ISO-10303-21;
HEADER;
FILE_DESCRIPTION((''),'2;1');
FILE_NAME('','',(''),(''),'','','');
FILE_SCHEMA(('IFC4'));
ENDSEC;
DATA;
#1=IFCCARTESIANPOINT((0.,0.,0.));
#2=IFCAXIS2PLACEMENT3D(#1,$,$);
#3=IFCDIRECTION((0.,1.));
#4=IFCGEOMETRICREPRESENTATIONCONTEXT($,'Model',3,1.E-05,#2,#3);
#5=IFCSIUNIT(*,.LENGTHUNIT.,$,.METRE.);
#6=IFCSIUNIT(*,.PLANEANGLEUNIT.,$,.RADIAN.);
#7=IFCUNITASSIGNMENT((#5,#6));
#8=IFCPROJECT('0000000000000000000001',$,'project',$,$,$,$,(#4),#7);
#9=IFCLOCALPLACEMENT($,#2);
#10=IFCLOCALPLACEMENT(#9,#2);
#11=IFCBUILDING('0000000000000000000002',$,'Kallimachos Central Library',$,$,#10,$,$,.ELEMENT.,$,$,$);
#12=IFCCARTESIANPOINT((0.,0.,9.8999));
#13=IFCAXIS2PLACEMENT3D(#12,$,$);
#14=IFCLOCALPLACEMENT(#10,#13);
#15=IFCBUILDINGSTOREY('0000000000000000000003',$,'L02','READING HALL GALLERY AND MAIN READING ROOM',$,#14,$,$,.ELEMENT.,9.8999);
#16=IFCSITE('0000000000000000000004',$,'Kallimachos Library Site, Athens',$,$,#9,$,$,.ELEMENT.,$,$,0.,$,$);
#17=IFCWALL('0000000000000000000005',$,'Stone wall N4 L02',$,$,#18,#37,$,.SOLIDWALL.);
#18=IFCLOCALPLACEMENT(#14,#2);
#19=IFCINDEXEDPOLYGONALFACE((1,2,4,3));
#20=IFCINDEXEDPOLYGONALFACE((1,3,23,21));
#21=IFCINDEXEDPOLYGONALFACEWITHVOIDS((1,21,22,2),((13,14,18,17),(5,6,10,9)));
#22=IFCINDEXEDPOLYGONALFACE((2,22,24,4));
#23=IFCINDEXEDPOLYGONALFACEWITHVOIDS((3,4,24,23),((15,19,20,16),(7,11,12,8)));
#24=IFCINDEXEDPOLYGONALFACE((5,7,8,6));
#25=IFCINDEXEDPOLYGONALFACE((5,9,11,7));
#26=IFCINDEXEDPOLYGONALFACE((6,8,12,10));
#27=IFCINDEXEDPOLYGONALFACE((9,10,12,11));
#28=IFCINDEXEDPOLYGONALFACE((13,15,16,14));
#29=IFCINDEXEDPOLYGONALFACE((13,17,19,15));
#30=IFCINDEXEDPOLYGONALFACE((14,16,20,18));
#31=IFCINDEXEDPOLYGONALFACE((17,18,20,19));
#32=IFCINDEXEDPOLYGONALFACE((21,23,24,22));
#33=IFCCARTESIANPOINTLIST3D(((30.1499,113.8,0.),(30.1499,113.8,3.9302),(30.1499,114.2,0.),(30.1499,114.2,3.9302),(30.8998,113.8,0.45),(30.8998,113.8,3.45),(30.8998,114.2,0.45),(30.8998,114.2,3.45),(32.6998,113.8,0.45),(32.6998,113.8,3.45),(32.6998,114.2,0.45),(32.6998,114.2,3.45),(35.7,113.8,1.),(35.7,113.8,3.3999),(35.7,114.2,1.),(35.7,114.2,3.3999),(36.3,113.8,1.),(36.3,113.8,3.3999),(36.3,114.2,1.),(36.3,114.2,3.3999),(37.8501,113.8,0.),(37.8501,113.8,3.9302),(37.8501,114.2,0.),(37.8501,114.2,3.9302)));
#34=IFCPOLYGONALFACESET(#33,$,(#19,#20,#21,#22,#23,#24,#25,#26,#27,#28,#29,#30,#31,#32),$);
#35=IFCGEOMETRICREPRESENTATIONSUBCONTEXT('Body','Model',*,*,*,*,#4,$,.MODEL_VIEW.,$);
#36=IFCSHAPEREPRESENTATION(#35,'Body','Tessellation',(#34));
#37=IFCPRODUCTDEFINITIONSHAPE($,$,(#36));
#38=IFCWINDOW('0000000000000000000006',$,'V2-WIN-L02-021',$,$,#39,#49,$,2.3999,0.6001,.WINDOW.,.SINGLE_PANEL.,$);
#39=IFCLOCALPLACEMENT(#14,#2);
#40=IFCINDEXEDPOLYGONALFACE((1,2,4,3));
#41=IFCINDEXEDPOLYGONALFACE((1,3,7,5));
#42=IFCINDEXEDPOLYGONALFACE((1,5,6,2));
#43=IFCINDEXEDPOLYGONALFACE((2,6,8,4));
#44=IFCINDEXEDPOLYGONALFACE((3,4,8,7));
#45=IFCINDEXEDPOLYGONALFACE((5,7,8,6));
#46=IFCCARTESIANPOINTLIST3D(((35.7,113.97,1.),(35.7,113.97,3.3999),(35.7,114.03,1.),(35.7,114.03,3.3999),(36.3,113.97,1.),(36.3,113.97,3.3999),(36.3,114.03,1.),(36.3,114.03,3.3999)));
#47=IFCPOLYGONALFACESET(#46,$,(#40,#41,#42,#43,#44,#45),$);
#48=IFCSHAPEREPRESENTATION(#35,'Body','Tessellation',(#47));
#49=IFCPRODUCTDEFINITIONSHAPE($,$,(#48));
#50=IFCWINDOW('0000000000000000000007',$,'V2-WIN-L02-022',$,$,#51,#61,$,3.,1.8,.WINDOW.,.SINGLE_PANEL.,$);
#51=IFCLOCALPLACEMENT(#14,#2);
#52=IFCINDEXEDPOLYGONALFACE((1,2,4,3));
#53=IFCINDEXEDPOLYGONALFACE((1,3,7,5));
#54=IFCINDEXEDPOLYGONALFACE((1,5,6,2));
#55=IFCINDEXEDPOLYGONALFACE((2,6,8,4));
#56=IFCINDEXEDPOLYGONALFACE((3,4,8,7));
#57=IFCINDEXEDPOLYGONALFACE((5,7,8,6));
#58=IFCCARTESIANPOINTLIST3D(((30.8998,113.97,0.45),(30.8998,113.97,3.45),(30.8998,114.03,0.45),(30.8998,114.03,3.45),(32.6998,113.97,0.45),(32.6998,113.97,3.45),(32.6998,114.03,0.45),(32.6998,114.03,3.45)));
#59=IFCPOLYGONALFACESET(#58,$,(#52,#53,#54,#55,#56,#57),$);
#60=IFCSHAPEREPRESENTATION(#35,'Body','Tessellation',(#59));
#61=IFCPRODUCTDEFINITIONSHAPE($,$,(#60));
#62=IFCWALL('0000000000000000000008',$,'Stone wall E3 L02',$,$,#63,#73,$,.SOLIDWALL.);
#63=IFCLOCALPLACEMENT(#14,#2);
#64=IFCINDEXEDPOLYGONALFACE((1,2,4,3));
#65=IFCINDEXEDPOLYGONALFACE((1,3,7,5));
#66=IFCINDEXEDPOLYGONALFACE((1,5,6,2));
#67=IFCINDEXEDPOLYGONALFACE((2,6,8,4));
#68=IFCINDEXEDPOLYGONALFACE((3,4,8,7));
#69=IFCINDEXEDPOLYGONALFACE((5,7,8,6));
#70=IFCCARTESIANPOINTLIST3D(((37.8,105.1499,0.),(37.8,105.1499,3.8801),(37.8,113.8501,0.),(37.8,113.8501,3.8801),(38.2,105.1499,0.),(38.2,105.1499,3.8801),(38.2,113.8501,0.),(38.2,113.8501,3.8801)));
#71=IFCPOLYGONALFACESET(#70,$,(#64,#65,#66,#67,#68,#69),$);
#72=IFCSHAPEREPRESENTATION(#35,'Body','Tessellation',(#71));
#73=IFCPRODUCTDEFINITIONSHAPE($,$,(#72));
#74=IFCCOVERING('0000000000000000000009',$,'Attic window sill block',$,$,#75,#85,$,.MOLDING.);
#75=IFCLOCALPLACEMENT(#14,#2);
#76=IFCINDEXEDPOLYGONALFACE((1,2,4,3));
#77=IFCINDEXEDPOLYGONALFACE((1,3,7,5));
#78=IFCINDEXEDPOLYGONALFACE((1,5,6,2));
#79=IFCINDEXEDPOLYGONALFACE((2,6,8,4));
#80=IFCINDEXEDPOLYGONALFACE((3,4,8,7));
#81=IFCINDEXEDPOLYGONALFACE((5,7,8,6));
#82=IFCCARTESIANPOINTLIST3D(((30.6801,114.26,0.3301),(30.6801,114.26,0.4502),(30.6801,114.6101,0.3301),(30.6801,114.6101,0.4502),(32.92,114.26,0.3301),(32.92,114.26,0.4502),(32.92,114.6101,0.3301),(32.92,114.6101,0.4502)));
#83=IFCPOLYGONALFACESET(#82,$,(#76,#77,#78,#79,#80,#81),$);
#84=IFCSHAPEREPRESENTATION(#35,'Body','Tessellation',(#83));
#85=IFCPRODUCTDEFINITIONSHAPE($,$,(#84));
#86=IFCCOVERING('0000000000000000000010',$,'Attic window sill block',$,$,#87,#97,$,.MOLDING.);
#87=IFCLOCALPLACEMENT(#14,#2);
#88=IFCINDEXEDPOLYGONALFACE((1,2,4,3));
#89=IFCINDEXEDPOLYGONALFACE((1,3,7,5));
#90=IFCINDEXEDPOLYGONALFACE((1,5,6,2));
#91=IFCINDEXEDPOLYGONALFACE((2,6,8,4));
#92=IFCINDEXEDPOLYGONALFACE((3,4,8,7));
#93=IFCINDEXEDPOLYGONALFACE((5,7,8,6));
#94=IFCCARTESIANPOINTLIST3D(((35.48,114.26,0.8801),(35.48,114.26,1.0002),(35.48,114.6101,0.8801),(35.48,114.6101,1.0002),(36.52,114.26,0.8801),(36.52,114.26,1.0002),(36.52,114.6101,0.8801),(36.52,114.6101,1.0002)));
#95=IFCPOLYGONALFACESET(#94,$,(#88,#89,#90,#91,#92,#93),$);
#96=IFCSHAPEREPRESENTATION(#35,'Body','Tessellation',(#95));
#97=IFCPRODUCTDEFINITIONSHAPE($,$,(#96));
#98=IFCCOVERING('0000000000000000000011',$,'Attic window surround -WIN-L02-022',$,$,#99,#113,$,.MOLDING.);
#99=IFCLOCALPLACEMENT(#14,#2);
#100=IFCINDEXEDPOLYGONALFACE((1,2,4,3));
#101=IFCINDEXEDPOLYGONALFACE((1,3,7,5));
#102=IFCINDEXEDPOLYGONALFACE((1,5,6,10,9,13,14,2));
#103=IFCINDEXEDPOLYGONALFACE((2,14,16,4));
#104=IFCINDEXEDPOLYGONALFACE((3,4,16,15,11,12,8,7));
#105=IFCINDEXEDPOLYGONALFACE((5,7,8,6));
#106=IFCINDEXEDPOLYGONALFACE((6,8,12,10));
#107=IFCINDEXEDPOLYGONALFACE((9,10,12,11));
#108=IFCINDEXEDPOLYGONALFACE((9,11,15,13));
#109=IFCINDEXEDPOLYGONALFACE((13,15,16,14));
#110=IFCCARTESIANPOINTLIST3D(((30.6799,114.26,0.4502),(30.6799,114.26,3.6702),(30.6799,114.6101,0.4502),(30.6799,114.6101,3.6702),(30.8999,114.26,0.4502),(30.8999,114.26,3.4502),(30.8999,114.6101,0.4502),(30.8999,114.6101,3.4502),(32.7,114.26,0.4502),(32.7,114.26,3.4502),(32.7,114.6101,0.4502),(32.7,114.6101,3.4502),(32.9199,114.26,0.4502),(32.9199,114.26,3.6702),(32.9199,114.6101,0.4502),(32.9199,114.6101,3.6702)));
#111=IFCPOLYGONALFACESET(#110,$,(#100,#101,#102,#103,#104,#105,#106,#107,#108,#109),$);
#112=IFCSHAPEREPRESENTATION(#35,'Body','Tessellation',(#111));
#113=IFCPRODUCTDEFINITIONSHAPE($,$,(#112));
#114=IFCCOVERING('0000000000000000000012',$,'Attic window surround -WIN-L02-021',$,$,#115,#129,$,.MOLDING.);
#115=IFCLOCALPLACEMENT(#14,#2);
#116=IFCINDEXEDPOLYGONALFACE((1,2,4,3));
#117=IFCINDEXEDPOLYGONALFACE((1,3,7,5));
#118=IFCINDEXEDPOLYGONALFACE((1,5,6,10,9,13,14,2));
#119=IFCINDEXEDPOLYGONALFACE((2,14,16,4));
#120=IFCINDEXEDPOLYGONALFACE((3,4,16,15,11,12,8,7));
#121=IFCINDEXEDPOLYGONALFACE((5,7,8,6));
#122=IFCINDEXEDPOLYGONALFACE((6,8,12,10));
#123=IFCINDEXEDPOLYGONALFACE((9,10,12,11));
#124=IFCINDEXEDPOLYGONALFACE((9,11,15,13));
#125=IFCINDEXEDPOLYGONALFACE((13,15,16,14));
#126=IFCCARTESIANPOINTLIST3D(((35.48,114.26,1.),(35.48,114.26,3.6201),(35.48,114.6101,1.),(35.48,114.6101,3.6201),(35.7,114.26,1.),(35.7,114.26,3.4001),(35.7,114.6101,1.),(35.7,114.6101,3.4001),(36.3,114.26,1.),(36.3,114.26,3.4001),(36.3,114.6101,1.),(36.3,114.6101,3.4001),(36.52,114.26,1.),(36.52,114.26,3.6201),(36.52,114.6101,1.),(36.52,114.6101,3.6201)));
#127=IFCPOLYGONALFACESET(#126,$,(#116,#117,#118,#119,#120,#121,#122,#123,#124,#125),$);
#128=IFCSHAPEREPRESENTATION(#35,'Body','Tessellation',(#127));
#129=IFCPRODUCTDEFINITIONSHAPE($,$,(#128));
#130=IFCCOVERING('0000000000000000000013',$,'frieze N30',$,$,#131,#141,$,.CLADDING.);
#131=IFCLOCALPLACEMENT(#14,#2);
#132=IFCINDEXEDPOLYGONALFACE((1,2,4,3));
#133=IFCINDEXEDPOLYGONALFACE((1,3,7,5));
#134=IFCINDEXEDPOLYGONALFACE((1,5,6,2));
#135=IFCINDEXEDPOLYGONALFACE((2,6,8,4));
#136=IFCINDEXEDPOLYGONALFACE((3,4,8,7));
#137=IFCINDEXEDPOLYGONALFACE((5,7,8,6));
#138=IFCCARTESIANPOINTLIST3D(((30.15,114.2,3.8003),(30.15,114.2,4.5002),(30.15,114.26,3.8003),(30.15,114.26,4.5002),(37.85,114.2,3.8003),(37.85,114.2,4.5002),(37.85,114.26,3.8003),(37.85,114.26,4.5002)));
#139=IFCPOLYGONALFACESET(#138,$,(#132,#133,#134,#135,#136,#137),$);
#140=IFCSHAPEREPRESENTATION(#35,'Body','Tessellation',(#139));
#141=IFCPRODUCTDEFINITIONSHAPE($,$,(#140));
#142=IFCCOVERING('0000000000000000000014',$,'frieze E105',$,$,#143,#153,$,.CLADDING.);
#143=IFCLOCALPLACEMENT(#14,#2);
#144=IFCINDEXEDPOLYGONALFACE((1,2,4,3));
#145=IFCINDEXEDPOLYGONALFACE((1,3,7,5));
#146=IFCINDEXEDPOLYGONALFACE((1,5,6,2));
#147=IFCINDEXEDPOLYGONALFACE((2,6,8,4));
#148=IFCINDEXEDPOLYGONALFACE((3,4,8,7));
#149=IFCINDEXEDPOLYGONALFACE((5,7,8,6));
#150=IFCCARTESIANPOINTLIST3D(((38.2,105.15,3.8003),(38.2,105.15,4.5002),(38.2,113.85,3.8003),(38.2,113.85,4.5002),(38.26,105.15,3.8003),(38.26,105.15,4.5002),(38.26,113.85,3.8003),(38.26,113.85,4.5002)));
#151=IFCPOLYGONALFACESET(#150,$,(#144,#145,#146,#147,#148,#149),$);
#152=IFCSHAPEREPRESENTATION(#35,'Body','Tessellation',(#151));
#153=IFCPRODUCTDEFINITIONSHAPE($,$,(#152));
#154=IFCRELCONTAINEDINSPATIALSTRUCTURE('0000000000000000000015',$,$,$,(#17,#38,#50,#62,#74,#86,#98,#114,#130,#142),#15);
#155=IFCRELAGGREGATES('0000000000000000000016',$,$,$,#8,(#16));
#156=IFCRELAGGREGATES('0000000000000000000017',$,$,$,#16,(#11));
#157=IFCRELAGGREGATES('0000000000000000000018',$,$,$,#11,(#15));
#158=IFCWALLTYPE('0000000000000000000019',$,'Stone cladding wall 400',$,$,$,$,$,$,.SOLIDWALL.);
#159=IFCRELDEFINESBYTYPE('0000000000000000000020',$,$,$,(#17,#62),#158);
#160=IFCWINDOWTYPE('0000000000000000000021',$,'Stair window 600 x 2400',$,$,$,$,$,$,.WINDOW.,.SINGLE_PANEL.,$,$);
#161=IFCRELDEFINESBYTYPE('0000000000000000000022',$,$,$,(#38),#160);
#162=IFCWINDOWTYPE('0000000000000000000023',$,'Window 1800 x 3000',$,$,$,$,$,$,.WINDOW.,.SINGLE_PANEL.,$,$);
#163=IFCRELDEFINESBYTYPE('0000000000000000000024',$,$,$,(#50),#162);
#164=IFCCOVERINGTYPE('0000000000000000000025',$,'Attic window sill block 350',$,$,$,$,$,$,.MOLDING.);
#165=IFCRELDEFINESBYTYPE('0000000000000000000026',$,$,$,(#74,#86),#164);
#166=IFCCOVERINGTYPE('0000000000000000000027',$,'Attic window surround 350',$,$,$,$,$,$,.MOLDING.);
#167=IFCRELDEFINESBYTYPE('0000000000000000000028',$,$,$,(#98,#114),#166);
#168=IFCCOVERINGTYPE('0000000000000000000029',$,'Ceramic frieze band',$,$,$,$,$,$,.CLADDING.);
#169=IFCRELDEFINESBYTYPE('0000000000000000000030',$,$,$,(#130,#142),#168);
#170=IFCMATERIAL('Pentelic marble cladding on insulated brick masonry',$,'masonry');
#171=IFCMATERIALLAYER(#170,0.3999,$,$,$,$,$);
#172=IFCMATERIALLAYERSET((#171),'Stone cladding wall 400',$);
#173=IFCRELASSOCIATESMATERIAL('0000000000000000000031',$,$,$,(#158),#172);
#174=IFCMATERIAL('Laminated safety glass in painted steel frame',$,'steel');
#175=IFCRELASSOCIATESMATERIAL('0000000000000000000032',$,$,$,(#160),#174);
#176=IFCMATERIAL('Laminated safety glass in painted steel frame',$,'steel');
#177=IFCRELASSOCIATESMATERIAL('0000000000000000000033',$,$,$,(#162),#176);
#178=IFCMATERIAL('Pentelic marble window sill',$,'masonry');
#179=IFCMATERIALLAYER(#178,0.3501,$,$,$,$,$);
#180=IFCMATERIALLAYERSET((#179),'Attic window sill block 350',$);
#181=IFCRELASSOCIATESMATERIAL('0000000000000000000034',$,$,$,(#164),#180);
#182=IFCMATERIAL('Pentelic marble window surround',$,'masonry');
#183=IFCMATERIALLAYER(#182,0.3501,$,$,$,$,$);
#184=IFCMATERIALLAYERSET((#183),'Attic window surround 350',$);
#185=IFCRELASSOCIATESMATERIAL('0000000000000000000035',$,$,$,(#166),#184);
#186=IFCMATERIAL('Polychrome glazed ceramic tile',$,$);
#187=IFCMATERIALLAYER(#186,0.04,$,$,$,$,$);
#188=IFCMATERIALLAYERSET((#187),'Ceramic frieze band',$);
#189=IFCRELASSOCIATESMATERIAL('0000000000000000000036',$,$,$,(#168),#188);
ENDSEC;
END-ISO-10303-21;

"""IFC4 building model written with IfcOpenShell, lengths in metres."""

from ifc_helpers import new_model, si_unit, direction, frame, frame_2d, origin, origin_2d, place, context, subcontext, project, spatial, polyline, rectangle, outline, extrude, material, layer, layer_set, type_object, element, fill, save


model = new_model("IFC4")

# Units and contexts
model_context = context("Model", 3, precision=1e-05, world=origin(), true_north=direction((0.0, 1.0)))
body_context = subcontext(model_context, "Body", "Model", "MODEL_VIEW")
ifc_project = project(units=[si_unit("LENGTHUNIT", "METRE"), si_unit("PLANEANGLEUNIT", "RADIAN")], contexts=[model_context])

# Site, building, storey
site_placement = place(None, origin())
site = spatial("IfcSite", under=ifc_project, at=site_placement, Name="Kallimachos Library Site, Athens", CompositionType="ELEMENT", RefElevation=0.0)
building_placement = place(site_placement, origin())
building = spatial("IfcBuilding", under=site, at=building_placement, Name="Kallimachos Central Library", CompositionType="ELEMENT")
storey_placement = place(building_placement, frame((0.0, 0.0, 9.8999)))
storey = spatial("IfcBuildingStorey", under=building, at=storey_placement, Name="L02", Description="READING HALL GALLERY AND MAIN READING ROOM", CompositionType="ELEMENT", Elevation=9.8999)

# Wall, openings, windows
ifc_material_1 = material(Name="Pentelic marble cladding on insulated brick masonry", Category="masonry")
ifc_layer_1 = layer(ifc_material_1, 0.3999)
ifc_layer_set_1 = layer_set([ifc_layer_1], Name="Stone cladding wall 400")
wall_type_1 = type_object("IfcWallType", Name="Stone cladding wall 400", PredefinedType="SOLIDWALL", material=ifc_layer_set_1)
wall_1_placement = place(storey_placement, frame((30.1499, 114.0, 0.0), z_axis=(0.0, 0.0, 1.0), x_axis=(1.0, 0.0, 0.0)))
wall_1 = element("IfcWall", 1, at=wall_1_placement, inside=storey, type_object=wall_type_1, Name="Stone wall N4 L02", PredefinedType="SOLIDWALL", context=body_context, shape_type="SweptSolid", body=[
    extrude(rectangle(XDim=7.7002, YDim=0.3999, at=frame_2d((3.8501, 0.0))), origin(), (0.0, 0.0, 1.0), 3.9302),
])
opening_1_placement = place(wall_1_placement, frame((5.55, 0.0, 1.0)))
opening_1 = element("IfcOpeningElement", 2, at=opening_1_placement, cuts=wall_1, PredefinedType="OPENING", context=body_context, shape_type="SweptSolid", body=[
    extrude(rectangle(XDim=0.6001, YDim=2.3999, at=frame_2d((0.3, 1.2))), frame((0.0, 0.21, 0.0), z_axis=(0.0, -1.0, 0.0), x_axis=(1.0, 0.0, 0.0)), (0.0, 0.0, 1.0), 0.4199),
])
opening_2_placement = place(wall_1_placement, frame((0.75, 0.0, 0.45)))
opening_2 = element("IfcOpeningElement", 3, at=opening_2_placement, cuts=wall_1, PredefinedType="OPENING", context=body_context, shape_type="SweptSolid", body=[
    extrude(rectangle(XDim=1.8, YDim=3.0, at=frame_2d((0.8999, 1.5))), frame((0.0, 0.21, 0.0), z_axis=(0.0, -1.0, 0.0), x_axis=(1.0, 0.0, 0.0)), (0.0, 0.0, 1.0), 0.4199),
])
ifc_material_2 = material(Name="Laminated safety glass in painted steel frame", Category="steel")
window_type_1 = type_object("IfcWindowType", Name="Stair window 600 x 2400", PartitioningType="SINGLE_PANEL", PredefinedType="WINDOW", material=ifc_material_2)
window_1_placement = place(opening_1_placement, origin())
window_1 = element("IfcWindow", 4, at=window_1_placement, inside=storey, type_object=window_type_1, Name="V2-WIN-L02-021", OverallHeight=2.3999, OverallWidth=0.6001, PartitioningType="SINGLE_PANEL", PredefinedType="WINDOW", context=body_context, shape_type="SweptSolid", body=[
    extrude(rectangle(XDim=0.6001, YDim=2.3999, at=frame_2d((0.3, 1.2))), frame((0.0, 0.03, 0.0), z_axis=(0.0, -1.0, 0.0), x_axis=(1.0, 0.0, 0.0)), (0.0, 0.0, 1.0), 0.0601),
])
fill(opening_1, window_1)
ifc_material_3 = material(Name="Laminated safety glass in painted steel frame", Category="steel")
window_type_2 = type_object("IfcWindowType", Name="Window 1800 x 3000", PartitioningType="SINGLE_PANEL", PredefinedType="WINDOW", material=ifc_material_3)
window_2_placement = place(opening_2_placement, origin())
window_2 = element("IfcWindow", 5, at=window_2_placement, inside=storey, type_object=window_type_2, Name="V2-WIN-L02-022", OverallHeight=3.0, OverallWidth=1.8, PartitioningType="SINGLE_PANEL", PredefinedType="WINDOW", context=body_context, shape_type="SweptSolid", body=[
    extrude(rectangle(XDim=1.8, YDim=3.0, at=frame_2d((0.8999, 1.5))), frame((0.0, 0.03, 0.0), z_axis=(0.0, -1.0, 0.0), x_axis=(1.0, 0.0, 0.0)), (0.0, 0.0, 1.0), 0.0601),
])
fill(opening_2, window_2)

# Wall
wall_2_placement = place(storey_placement, frame((38.0, 105.1499, 0.0), z_axis=(0.0, 0.0, 1.0), x_axis=(0.0, 1.0, 0.0)))
element("IfcWall", 6, at=wall_2_placement, inside=storey, type_object=wall_type_1, Name="Stone wall E3 L02", PredefinedType="SOLIDWALL", context=body_context, shape_type="SweptSolid", body=[
    extrude(rectangle(XDim=8.7002, YDim=0.3999, at=frame_2d((4.3501, 0.0))), origin(), (0.0, 0.0, 1.0), 3.8801),
])

# Coverings
ifc_material_4 = material(Name="Pentelic marble window sill", Category="masonry")
ifc_layer_2 = layer(ifc_material_4, 0.3501)
ifc_layer_set_2 = layer_set([ifc_layer_2], Name="Attic window sill block 350")
covering_type_1 = type_object("IfcCoveringType", Name="Attic window sill block 350", PredefinedType="MOLDING", material=ifc_layer_set_2)
covering_1_placement = place(storey_placement, frame((31.8, 114.4351, 0.3301), z_axis=(0.0, 0.0, 1.0), x_axis=(1.0, 0.0, 0.0)))
element("IfcCovering", 7, at=covering_1_placement, inside=storey, type_object=covering_type_1, Name="Attic window sill block", PredefinedType="MOLDING", context=body_context, shape_type="SweptSolid", body=[
    extrude(rectangle(XDim=2.24, YDim=0.3501, at=origin_2d()), origin(), (0.0, 0.0, 1.0), 0.1201),
])
covering_2_placement = place(storey_placement, frame((36.0, 114.4351, 0.8801), z_axis=(0.0, 0.0, 1.0), x_axis=(1.0, 0.0, 0.0)))
element("IfcCovering", 8, at=covering_2_placement, inside=storey, type_object=covering_type_1, Name="Attic window sill block", PredefinedType="MOLDING", context=body_context, shape_type="SweptSolid", body=[
    extrude(rectangle(XDim=1.04, YDim=0.3501, at=origin_2d()), origin(), (0.0, 0.0, 1.0), 0.1201),
])
ifc_material_5 = material(Name="Pentelic marble window surround", Category="masonry")
ifc_layer_3 = layer(ifc_material_5, 0.3501)
ifc_layer_set_3 = layer_set([ifc_layer_3], Name="Attic window surround 350")
covering_type_2 = type_object("IfcCoveringType", Name="Attic window surround 350", PredefinedType="MOLDING", material=ifc_layer_set_3)
covering_3_placement = place(storey_placement, frame((30.6799, 114.6101, 0.4502), z_axis=(0.0, 1.0, 0.0), x_axis=(0.0, 0.0, 1.0)))
element("IfcCovering", 9, at=covering_3_placement, inside=storey, type_object=covering_type_2, Name="Attic window surround -WIN-L02-022", PredefinedType="MOLDING", context=body_context, shape_type="SweptSolid", body=[
    extrude(outline(polyline([(0.0, 0.0), (3.22, 0.0), (3.22, 2.24), (0.0, 2.24), (0.0, 2.02), (3.0, 2.02), (3.0, 0.22), (0.0, 0.22), (0.0, 0.0)])), origin(), (0.0, 0.0, -1.0), 0.3501),
])
covering_4_placement = place(storey_placement, frame((35.48, 114.6101, 1.0), z_axis=(0.0, 1.0, 0.0), x_axis=(0.0, 0.0, 1.0)))
element("IfcCovering", 10, at=covering_4_placement, inside=storey, type_object=covering_type_2, Name="Attic window surround -WIN-L02-021", PredefinedType="MOLDING", context=body_context, shape_type="SweptSolid", body=[
    extrude(outline(polyline([(0.0, 0.0), (2.6201, 0.0), (2.6201, 1.04), (0.0, 1.04), (0.0, 0.8201), (2.4001, 0.8201), (2.4001, 0.22), (0.0, 0.22), (0.0, 0.0)])), origin(), (0.0, 0.0, -1.0), 0.3501),
])
ifc_material_6 = material(Name="Polychrome glazed ceramic tile")
ifc_layer_4 = layer(ifc_material_6, 0.04)
ifc_layer_set_4 = layer_set([ifc_layer_4], Name="Ceramic frieze band")
covering_type_3 = type_object("IfcCoveringType", Name="Ceramic frieze band", PredefinedType="CLADDING", material=ifc_layer_set_4)
covering_5_placement = place(storey_placement, frame((34.0, 114.23, 3.8003), z_axis=(0.0, 0.0, 1.0), x_axis=(1.0, 0.0, 0.0)))
element("IfcCovering", 11, at=covering_5_placement, inside=storey, type_object=covering_type_3, Name="frieze N30", PredefinedType="CLADDING", context=body_context, shape_type="SweptSolid", body=[
    extrude(rectangle(XDim=7.7, YDim=0.0601, at=origin_2d()), origin(), (0.0, 0.0, 1.0), 0.7),
])
covering_6_placement = place(storey_placement, frame((38.23, 109.5, 3.8003), z_axis=(0.0, 0.0, 1.0), x_axis=(1.0, 0.0, 0.0)))
element("IfcCovering", 12, at=covering_6_placement, inside=storey, type_object=covering_type_3, Name="frieze E105", PredefinedType="CLADDING", context=body_context, shape_type="SweptSolid", body=[
    extrude(rectangle(XDim=0.0601, YDim=8.7, at=origin_2d()), origin(), (0.0, 0.0, 1.0), 0.7),
])

save(model, "model.ifc")
